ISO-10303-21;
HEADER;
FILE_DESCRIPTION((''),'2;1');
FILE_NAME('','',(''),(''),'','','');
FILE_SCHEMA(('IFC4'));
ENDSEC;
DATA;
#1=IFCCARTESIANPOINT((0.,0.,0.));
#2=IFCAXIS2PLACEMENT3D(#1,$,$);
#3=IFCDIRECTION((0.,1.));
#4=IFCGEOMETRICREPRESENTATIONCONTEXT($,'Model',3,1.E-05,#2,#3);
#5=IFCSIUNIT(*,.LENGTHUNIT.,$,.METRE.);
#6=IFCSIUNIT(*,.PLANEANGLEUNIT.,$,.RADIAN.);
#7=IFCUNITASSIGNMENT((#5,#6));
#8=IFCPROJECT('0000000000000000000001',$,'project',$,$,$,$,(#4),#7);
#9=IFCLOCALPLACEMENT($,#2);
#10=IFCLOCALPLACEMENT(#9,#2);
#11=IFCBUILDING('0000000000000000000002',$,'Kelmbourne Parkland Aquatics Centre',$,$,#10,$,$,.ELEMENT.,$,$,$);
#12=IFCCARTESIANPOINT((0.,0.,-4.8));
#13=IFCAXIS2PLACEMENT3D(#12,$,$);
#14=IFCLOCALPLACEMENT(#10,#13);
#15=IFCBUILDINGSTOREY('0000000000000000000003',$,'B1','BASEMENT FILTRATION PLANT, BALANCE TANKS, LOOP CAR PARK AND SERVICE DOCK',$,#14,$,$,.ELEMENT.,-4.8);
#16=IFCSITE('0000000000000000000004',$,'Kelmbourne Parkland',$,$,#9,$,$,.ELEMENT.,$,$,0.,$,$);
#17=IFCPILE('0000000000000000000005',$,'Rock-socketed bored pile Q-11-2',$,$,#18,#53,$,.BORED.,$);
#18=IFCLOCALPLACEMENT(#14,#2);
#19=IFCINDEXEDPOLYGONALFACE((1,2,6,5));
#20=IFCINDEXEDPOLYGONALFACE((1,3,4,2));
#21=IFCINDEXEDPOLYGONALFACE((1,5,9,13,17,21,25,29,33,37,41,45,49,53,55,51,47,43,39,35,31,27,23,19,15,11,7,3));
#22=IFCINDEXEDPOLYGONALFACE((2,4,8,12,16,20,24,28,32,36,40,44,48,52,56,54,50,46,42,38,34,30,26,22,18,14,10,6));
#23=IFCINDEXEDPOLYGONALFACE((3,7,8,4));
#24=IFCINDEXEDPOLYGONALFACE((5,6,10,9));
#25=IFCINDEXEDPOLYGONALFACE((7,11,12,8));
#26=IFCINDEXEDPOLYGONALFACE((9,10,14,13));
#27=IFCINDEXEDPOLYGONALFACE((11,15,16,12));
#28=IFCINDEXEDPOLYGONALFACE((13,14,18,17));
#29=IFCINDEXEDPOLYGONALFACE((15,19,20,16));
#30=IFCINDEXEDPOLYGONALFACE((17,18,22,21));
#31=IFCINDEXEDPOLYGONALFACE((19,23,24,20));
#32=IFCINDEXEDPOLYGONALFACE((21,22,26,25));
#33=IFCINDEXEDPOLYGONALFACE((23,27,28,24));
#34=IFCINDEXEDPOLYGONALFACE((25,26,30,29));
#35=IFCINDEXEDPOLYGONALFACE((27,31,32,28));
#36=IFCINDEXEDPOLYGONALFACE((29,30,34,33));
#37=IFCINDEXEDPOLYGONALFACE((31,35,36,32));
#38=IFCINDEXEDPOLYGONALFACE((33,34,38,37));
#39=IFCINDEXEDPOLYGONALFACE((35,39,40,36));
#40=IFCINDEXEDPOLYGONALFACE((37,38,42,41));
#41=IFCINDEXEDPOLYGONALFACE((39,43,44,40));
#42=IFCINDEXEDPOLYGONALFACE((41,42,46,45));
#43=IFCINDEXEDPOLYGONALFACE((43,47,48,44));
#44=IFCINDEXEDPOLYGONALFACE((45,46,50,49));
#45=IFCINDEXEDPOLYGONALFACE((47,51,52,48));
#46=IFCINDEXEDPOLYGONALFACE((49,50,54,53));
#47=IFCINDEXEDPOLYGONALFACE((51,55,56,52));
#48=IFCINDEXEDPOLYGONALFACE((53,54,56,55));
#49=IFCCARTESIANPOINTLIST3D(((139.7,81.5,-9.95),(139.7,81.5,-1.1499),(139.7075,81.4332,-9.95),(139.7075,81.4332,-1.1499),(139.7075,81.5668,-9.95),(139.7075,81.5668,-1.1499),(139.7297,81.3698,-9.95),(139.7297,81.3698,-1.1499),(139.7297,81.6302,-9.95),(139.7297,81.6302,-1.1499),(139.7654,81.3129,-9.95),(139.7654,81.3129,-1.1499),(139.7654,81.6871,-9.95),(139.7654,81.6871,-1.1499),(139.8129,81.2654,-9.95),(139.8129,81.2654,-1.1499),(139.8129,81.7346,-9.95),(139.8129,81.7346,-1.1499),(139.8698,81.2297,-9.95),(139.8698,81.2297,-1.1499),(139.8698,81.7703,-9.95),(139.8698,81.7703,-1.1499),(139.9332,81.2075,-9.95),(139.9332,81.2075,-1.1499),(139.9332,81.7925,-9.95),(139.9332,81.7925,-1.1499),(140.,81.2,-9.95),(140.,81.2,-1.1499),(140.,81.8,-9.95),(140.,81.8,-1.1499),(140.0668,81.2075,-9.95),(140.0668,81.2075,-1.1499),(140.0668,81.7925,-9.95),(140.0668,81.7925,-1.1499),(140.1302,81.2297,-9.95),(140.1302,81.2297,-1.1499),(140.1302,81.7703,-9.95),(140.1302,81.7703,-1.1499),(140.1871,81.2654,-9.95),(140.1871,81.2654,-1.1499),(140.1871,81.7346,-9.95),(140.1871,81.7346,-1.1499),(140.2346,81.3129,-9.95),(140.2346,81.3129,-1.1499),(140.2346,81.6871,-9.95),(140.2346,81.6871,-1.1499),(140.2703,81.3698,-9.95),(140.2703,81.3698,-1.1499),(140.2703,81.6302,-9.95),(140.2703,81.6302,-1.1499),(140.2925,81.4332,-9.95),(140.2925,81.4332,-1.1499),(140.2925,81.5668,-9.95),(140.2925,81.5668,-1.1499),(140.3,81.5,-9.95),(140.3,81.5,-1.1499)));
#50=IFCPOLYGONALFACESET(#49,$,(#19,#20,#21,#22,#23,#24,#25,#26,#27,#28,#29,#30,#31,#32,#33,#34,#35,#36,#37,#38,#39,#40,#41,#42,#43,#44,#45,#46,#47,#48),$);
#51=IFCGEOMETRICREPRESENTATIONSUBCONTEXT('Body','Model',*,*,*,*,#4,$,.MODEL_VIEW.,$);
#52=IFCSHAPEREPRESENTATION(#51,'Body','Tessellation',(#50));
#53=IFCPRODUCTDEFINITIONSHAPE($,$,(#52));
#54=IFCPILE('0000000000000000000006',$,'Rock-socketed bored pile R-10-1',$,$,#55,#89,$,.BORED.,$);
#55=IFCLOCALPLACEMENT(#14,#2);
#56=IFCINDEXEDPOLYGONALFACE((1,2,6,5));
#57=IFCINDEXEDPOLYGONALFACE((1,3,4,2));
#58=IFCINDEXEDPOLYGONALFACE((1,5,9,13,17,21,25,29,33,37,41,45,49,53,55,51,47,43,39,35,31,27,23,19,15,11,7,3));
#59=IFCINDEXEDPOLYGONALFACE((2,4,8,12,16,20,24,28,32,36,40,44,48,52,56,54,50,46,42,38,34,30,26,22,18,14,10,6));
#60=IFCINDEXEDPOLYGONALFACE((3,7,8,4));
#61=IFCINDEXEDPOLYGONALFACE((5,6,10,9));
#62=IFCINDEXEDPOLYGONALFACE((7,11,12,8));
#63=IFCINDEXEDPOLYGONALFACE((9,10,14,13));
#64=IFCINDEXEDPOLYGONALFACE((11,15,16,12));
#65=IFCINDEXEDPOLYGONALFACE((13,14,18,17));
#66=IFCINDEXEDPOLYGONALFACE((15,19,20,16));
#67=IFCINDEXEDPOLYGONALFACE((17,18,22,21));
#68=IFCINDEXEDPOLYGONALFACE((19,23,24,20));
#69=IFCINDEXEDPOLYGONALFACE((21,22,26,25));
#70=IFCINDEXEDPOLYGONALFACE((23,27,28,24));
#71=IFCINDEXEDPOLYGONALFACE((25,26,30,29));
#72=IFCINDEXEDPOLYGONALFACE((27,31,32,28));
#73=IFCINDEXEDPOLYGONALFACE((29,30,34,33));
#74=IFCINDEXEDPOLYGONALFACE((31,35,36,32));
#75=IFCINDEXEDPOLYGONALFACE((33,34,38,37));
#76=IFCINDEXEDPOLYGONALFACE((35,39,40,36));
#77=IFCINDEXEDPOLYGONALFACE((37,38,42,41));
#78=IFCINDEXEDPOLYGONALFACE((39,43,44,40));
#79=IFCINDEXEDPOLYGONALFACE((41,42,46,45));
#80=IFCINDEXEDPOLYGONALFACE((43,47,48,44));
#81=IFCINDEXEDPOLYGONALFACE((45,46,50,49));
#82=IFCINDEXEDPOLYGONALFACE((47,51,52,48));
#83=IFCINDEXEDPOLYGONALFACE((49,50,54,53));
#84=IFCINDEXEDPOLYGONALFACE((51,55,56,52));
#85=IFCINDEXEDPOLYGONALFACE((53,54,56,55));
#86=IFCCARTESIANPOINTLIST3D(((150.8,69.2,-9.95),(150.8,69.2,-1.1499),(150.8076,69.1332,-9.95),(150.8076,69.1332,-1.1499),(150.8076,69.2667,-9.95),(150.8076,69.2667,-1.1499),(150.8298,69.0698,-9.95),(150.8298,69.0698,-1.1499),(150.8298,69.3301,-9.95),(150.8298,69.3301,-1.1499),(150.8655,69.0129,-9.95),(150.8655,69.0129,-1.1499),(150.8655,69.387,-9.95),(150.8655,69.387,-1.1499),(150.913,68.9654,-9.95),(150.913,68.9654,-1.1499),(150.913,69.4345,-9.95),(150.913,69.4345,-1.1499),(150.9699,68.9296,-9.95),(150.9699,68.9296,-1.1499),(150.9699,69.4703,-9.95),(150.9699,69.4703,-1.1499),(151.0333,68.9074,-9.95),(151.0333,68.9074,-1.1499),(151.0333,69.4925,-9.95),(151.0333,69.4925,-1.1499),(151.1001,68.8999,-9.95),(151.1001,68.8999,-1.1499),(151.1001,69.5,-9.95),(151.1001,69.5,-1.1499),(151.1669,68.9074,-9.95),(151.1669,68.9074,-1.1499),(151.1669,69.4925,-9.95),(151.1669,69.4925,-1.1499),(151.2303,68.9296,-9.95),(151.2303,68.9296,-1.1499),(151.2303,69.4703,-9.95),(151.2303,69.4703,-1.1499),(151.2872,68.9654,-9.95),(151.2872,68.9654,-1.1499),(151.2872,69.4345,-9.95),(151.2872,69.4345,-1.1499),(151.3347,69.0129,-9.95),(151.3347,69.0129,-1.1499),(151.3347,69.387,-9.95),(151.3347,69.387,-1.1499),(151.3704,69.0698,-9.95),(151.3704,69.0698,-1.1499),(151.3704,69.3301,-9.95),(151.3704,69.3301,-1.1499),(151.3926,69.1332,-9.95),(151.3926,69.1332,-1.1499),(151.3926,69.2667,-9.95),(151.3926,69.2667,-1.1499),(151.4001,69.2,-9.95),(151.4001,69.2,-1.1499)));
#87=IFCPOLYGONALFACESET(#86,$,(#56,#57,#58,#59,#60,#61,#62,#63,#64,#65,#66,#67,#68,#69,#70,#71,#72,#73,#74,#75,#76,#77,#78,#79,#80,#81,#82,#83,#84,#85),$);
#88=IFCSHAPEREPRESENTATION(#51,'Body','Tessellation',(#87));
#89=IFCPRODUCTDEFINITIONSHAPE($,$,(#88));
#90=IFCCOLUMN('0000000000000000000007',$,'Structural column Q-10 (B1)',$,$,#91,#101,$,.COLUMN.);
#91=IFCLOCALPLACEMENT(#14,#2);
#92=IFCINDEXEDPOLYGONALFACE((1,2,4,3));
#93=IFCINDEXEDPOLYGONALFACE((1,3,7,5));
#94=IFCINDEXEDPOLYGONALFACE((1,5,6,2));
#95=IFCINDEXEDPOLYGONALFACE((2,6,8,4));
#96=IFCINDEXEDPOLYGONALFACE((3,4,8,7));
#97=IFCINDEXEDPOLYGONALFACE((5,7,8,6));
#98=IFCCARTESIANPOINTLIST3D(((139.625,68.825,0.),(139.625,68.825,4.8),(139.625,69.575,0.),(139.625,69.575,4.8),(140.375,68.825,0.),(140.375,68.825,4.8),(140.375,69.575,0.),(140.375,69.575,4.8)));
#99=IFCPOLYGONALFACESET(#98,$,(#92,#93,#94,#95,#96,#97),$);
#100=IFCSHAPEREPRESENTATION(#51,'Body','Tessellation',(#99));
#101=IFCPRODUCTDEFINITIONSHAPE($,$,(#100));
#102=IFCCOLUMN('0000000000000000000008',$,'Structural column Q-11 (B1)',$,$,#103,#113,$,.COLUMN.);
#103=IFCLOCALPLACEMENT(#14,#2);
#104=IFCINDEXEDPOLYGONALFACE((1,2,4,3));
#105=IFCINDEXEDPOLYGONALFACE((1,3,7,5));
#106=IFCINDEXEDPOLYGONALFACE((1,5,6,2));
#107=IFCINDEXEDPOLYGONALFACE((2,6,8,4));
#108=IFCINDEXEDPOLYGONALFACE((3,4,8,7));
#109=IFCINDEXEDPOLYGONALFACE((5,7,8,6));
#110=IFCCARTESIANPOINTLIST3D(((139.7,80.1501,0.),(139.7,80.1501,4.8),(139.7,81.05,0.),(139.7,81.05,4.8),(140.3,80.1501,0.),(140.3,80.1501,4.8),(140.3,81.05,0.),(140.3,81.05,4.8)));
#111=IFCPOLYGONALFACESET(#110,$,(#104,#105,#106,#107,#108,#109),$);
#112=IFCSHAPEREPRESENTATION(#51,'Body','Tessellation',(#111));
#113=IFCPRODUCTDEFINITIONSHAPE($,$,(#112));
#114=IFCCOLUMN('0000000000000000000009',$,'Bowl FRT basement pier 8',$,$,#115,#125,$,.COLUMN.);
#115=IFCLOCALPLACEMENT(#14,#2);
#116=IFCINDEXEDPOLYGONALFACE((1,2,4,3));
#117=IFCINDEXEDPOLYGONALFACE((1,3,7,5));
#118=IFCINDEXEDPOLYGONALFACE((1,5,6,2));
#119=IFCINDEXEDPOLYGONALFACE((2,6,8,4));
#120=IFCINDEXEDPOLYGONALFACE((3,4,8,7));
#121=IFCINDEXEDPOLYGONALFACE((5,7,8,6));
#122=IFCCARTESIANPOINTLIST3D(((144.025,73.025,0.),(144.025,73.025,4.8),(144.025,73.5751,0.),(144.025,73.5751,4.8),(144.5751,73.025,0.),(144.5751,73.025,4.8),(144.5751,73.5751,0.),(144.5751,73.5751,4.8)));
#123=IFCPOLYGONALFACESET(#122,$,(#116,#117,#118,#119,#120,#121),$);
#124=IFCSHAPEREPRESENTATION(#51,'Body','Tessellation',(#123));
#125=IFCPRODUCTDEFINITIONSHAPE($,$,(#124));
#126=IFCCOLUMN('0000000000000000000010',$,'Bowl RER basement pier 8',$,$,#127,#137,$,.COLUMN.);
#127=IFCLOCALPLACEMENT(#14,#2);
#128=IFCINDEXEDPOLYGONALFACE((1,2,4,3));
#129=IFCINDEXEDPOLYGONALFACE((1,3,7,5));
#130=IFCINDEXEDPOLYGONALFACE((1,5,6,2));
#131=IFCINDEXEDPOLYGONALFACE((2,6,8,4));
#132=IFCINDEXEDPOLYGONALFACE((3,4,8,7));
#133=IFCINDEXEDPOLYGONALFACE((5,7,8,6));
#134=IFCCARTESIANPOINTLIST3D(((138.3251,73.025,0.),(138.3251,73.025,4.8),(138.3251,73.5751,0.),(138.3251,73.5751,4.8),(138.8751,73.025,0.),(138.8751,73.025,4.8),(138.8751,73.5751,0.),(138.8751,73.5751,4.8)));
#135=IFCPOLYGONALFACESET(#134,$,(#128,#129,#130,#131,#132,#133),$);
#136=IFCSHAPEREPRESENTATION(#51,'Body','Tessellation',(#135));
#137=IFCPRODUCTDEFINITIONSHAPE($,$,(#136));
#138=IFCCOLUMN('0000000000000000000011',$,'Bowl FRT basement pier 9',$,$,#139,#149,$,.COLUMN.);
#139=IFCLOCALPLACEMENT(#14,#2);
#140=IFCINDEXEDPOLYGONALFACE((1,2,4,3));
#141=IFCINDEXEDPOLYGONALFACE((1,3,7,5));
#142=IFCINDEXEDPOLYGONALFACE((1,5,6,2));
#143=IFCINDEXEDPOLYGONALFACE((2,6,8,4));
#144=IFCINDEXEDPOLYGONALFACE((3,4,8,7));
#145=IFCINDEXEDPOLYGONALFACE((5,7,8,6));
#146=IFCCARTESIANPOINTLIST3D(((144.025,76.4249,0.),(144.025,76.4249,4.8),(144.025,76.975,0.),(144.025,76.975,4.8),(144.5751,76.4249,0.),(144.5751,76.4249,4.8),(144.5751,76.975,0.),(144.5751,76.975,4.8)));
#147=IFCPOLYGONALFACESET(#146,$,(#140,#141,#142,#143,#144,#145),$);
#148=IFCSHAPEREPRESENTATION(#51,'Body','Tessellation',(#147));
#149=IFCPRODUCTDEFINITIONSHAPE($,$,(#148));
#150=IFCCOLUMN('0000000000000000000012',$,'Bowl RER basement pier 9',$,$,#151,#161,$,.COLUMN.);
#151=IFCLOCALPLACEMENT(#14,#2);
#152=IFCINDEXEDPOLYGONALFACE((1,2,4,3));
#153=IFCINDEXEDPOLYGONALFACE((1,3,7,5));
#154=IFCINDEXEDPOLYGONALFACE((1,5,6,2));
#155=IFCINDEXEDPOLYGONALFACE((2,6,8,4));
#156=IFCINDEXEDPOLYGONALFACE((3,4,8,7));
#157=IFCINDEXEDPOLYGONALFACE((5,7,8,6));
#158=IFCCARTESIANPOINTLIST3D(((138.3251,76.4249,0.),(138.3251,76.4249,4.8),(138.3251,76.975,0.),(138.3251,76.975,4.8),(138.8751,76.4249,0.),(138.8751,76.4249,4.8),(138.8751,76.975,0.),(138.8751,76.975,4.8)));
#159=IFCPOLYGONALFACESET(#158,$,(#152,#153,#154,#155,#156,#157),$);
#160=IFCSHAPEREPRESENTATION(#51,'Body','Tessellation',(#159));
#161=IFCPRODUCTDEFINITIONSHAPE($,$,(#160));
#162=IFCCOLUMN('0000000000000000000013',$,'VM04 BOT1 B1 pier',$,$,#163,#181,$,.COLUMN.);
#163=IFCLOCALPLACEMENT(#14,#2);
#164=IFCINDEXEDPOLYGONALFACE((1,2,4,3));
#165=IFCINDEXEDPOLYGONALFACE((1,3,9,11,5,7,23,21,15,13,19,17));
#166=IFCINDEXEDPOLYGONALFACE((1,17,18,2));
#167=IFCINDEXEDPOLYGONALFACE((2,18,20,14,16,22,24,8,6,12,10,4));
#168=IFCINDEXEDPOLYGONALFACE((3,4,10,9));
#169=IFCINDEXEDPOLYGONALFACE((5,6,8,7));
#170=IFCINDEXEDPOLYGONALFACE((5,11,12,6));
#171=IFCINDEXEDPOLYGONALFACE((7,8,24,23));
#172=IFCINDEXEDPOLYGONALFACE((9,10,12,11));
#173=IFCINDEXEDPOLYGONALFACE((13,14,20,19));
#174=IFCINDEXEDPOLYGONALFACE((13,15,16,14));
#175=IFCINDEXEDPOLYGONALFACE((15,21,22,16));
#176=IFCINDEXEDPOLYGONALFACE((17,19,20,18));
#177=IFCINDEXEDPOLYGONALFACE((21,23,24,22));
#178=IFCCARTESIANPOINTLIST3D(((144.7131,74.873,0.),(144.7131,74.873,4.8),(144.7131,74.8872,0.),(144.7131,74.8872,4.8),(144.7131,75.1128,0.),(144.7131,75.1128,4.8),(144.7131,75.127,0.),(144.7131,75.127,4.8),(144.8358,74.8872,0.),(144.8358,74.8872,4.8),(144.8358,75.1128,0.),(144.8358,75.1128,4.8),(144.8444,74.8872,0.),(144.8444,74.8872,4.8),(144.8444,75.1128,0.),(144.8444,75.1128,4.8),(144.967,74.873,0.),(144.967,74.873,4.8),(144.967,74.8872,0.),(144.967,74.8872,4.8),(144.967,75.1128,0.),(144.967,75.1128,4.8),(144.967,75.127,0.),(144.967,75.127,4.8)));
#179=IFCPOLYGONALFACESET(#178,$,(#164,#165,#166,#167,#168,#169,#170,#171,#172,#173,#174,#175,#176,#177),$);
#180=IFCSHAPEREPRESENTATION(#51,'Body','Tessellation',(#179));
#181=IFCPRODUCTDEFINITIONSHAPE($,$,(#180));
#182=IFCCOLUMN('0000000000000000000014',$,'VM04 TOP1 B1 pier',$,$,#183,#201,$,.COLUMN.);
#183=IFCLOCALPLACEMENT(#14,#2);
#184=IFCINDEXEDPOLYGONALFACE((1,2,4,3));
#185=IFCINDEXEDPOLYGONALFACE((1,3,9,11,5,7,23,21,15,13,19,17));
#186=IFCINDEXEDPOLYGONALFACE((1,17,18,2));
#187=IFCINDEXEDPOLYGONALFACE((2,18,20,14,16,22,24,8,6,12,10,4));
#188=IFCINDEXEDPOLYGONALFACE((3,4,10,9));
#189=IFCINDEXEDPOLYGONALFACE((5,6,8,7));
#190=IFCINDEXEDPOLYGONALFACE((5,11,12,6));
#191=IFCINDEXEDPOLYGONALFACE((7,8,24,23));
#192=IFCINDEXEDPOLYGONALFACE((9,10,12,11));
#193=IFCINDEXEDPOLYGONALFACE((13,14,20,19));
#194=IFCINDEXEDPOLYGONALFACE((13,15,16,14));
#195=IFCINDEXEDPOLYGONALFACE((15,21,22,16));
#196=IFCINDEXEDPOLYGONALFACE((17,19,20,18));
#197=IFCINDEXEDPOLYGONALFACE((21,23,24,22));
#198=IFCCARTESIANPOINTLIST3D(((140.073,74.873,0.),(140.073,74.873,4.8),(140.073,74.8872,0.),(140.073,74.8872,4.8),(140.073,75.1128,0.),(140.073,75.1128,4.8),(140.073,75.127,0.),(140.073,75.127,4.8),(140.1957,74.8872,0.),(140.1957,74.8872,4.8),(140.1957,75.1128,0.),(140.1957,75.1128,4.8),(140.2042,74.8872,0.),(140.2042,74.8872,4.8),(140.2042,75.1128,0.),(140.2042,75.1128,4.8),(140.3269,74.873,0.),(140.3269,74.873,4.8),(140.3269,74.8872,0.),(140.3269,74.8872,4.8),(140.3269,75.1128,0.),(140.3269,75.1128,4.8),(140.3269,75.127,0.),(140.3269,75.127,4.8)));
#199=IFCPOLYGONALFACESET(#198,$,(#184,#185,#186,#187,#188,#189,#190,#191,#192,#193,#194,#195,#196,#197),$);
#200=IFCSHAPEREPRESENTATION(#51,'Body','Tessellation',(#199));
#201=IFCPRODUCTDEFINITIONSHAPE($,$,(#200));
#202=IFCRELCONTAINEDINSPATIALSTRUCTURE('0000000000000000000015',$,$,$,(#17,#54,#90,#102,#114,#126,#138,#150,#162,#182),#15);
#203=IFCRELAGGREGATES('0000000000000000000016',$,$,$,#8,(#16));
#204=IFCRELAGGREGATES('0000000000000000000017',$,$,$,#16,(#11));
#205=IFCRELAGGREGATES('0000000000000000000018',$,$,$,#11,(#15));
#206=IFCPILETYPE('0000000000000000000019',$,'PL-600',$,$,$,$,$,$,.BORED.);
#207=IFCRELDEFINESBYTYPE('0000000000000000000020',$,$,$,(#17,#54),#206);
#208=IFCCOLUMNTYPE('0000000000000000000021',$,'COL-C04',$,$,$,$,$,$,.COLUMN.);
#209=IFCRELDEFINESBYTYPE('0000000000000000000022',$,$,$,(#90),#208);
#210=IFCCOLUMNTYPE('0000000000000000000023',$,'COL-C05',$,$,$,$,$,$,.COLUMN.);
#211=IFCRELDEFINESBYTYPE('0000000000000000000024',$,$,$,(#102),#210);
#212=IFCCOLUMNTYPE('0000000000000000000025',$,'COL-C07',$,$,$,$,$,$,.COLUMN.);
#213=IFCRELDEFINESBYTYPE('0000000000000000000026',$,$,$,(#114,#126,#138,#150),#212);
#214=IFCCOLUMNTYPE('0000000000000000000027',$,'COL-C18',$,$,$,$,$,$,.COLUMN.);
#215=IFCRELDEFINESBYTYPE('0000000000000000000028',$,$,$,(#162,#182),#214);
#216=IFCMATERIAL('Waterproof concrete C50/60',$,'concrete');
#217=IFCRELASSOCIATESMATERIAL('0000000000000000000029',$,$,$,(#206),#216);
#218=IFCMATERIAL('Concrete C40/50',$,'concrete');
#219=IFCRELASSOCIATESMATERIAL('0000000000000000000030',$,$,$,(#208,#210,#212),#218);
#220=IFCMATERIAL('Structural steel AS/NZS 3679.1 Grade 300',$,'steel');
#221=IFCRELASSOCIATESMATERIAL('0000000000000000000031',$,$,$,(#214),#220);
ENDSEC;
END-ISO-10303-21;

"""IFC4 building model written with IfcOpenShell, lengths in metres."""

from ifc_helpers import new_model, si_unit, direction, frame, origin, origin_2d, place, context, subcontext, project, spatial, rectangle, circle, i_section, extrude, material, material_profile, profile_set, type_object, element, save


model = new_model("IFC4")

# Units and contexts
model_context = context("Model", 3, precision=1e-05, world=origin(), true_north=direction((0.0, 1.0)))
body_context = subcontext(model_context, "Body", "Model", "MODEL_VIEW")
ifc_project = project(units=[si_unit("LENGTHUNIT", "METRE"), si_unit("PLANEANGLEUNIT", "RADIAN")], contexts=[model_context])

# Site, building, storey
site_placement = place(None, origin())
site = spatial("IfcSite", under=ifc_project, at=site_placement, Name="Kelmbourne Parkland", CompositionType="ELEMENT", RefElevation=0.0)
building_placement = place(site_placement, origin())
building = spatial("IfcBuilding", under=site, at=building_placement, Name="Kelmbourne Parkland Aquatics Centre", CompositionType="ELEMENT")
storey_placement = place(building_placement, frame((0.0, 0.0, -4.8)))
storey = spatial("IfcBuildingStorey", under=building, at=storey_placement, Name="B1", Description="BASEMENT FILTRATION PLANT, BALANCE TANKS, LOOP CAR PARK AND SERVICE DOCK", CompositionType="ELEMENT", Elevation=-4.8)

# Shared definitions
ifc_material_1 = material(Name="Waterproof concrete C50/60", Category="concrete")

# Piles
ifc_material_profile_1 = material_profile(ifc_material_1, circle(Radius=0.3, at=origin_2d()), Name="PILE D600")
ifc_profile_set_1 = profile_set([ifc_material_profile_1], Name="Waterproof concrete C50/60")
pile_type = type_object("IfcPileType", Name="PL-600", PredefinedType="BORED", material=ifc_profile_set_1)
for number, where, z_axis, x_axis, name in (
    (1, (140.0, 81.5, -1.1499), (0.0, 0.0, -1.0), (1.0, 0.0, 0.0), "Rock-socketed bored pile Q-11-2"),
    (2, (151.1001, 69.2, -1.1499), (0.0, 0.0, -1.0), (1.0, 0.0, 0.0), "Rock-socketed bored pile R-10-1"),
):
    element("IfcPile", number, at=place(storey_placement, frame(where, z_axis=z_axis, x_axis=x_axis)), inside=storey, type_object=pile_type, Name=name, PredefinedType="BORED", context=body_context, shape_type="SweptSolid", body=[
        extrude(circle(Radius=0.3, at=origin_2d()), origin(), (0.0, 0.0, 1.0), 8.8),
    ])

# Columns
ifc_material_2 = material(Name="Concrete C40/50", Category="concrete")
ifc_material_profile_2 = material_profile(ifc_material_2, rectangle(XDim=0.75, YDim=0.75, at=origin_2d()), Name="RC 750x750")
ifc_profile_set_2 = profile_set([ifc_material_profile_2], Name="Concrete C40/50")
column_type_1 = type_object("IfcColumnType", Name="COL-C04", PredefinedType="COLUMN", material=ifc_profile_set_2)
column_1_placement = place(storey_placement, frame((140.0, 69.2, 0.0), z_axis=(0.0, 0.0, 1.0), x_axis=(1.0, 0.0, 0.0)))
element("IfcColumn", 3, at=column_1_placement, inside=storey, type_object=column_type_1, Name="Structural column Q-10 (B1)", PredefinedType="COLUMN", context=body_context, shape_type="SweptSolid", body=[
    extrude(rectangle(XDim=0.75, YDim=0.75, at=origin_2d()), origin(), (0.0, 0.0, 1.0), 4.8),
])
ifc_material_profile_3 = material_profile(ifc_material_2, rectangle(XDim=0.6001, YDim=0.8999, at=origin_2d()), Name="RC 600x900")
ifc_profile_set_3 = profile_set([ifc_material_profile_3], Name="Concrete C40/50")
column_type_2 = type_object("IfcColumnType", Name="COL-C05", PredefinedType="COLUMN", material=ifc_profile_set_3)
column_2_placement = place(storey_placement, frame((140.0, 80.6001, 0.0), z_axis=(0.0, 0.0, 1.0), x_axis=(1.0, 0.0, 0.0)))
element("IfcColumn", 4, at=column_2_placement, inside=storey, type_object=column_type_2, Name="Structural column Q-11 (B1)", PredefinedType="COLUMN", context=body_context, shape_type="SweptSolid", body=[
    extrude(rectangle(XDim=0.6001, YDim=0.8999, at=origin_2d()), origin(), (0.0, 0.0, 1.0), 4.8),
])
ifc_material_profile_4 = material_profile(ifc_material_2, rectangle(XDim=0.55, YDim=0.55, at=origin_2d()), Name="RC 550x550")
ifc_profile_set_4 = profile_set([ifc_material_profile_4], Name="Concrete C40/50")
column_type_3 = type_object("IfcColumnType", Name="COL-C07", PredefinedType="COLUMN", material=ifc_profile_set_4)
for number, where, z_axis, x_axis, name in (
    (5, (144.3, 73.3, 0.0), (0.0, 0.0, 1.0), (1.0, 0.0, 0.0), "Bowl FRT basement pier 8"),
    (6, (138.6001, 73.3, 0.0), (0.0, 0.0, 1.0), (1.0, 0.0, 0.0), "Bowl RER basement pier 8"),
    (7, (144.3, 76.7, 0.0), (0.0, 0.0, 1.0), (1.0, 0.0, 0.0), "Bowl FRT basement pier 9"),
    (8, (138.6001, 76.7, 0.0), (0.0, 0.0, 1.0), (1.0, 0.0, 0.0), "Bowl RER basement pier 9"),
):
    element("IfcColumn", number, at=place(storey_placement, frame(where, z_axis=z_axis, x_axis=x_axis)), inside=storey, type_object=column_type_3, Name=name, PredefinedType="COLUMN", context=body_context, shape_type="SweptSolid", body=[
        extrude(rectangle(XDim=0.55, YDim=0.55, at=origin_2d()), origin(), (0.0, 0.0, 1.0), 4.8),
    ])
ifc_material_3 = material(Name="Structural steel AS/NZS 3679.1 Grade 300", Category="steel")
ifc_material_profile_5 = material_profile(ifc_material_3, i_section(OverallWidth=0.2539, OverallDepth=0.2539, WebThickness=0.0085, FlangeThickness=0.0142, at=origin_2d()), Name="250UC72.9")
ifc_profile_set_5 = profile_set([ifc_material_profile_5], Name="Structural steel AS/NZS 3679.1 Grade 300")
column_type_4 = type_object("IfcColumnType", Name="COL-C18", PredefinedType="COLUMN", material=ifc_profile_set_5)
for number, where, z_axis, x_axis, name in (
    (9, (144.8401, 75.0, 0.0), (0.0, 0.0, 1.0), (1.0, 0.0, 0.0), "VM04 BOT1 B1 pier"),
    (10, (140.2, 75.0, 0.0), (0.0, 0.0, 1.0), (1.0, 0.0, 0.0), "VM04 TOP1 B1 pier"),
):
    element("IfcColumn", number, at=place(storey_placement, frame(where, z_axis=z_axis, x_axis=x_axis)), inside=storey, type_object=column_type_4, Name=name, PredefinedType="COLUMN", context=body_context, shape_type="SweptSolid", body=[
        extrude(i_section(OverallWidth=0.2539, OverallDepth=0.2539, WebThickness=0.0085, FlangeThickness=0.0142, at=origin_2d()), origin(), (0.0, 0.0, 1.0), 4.8),
    ])

save(model, "model.ifc")
